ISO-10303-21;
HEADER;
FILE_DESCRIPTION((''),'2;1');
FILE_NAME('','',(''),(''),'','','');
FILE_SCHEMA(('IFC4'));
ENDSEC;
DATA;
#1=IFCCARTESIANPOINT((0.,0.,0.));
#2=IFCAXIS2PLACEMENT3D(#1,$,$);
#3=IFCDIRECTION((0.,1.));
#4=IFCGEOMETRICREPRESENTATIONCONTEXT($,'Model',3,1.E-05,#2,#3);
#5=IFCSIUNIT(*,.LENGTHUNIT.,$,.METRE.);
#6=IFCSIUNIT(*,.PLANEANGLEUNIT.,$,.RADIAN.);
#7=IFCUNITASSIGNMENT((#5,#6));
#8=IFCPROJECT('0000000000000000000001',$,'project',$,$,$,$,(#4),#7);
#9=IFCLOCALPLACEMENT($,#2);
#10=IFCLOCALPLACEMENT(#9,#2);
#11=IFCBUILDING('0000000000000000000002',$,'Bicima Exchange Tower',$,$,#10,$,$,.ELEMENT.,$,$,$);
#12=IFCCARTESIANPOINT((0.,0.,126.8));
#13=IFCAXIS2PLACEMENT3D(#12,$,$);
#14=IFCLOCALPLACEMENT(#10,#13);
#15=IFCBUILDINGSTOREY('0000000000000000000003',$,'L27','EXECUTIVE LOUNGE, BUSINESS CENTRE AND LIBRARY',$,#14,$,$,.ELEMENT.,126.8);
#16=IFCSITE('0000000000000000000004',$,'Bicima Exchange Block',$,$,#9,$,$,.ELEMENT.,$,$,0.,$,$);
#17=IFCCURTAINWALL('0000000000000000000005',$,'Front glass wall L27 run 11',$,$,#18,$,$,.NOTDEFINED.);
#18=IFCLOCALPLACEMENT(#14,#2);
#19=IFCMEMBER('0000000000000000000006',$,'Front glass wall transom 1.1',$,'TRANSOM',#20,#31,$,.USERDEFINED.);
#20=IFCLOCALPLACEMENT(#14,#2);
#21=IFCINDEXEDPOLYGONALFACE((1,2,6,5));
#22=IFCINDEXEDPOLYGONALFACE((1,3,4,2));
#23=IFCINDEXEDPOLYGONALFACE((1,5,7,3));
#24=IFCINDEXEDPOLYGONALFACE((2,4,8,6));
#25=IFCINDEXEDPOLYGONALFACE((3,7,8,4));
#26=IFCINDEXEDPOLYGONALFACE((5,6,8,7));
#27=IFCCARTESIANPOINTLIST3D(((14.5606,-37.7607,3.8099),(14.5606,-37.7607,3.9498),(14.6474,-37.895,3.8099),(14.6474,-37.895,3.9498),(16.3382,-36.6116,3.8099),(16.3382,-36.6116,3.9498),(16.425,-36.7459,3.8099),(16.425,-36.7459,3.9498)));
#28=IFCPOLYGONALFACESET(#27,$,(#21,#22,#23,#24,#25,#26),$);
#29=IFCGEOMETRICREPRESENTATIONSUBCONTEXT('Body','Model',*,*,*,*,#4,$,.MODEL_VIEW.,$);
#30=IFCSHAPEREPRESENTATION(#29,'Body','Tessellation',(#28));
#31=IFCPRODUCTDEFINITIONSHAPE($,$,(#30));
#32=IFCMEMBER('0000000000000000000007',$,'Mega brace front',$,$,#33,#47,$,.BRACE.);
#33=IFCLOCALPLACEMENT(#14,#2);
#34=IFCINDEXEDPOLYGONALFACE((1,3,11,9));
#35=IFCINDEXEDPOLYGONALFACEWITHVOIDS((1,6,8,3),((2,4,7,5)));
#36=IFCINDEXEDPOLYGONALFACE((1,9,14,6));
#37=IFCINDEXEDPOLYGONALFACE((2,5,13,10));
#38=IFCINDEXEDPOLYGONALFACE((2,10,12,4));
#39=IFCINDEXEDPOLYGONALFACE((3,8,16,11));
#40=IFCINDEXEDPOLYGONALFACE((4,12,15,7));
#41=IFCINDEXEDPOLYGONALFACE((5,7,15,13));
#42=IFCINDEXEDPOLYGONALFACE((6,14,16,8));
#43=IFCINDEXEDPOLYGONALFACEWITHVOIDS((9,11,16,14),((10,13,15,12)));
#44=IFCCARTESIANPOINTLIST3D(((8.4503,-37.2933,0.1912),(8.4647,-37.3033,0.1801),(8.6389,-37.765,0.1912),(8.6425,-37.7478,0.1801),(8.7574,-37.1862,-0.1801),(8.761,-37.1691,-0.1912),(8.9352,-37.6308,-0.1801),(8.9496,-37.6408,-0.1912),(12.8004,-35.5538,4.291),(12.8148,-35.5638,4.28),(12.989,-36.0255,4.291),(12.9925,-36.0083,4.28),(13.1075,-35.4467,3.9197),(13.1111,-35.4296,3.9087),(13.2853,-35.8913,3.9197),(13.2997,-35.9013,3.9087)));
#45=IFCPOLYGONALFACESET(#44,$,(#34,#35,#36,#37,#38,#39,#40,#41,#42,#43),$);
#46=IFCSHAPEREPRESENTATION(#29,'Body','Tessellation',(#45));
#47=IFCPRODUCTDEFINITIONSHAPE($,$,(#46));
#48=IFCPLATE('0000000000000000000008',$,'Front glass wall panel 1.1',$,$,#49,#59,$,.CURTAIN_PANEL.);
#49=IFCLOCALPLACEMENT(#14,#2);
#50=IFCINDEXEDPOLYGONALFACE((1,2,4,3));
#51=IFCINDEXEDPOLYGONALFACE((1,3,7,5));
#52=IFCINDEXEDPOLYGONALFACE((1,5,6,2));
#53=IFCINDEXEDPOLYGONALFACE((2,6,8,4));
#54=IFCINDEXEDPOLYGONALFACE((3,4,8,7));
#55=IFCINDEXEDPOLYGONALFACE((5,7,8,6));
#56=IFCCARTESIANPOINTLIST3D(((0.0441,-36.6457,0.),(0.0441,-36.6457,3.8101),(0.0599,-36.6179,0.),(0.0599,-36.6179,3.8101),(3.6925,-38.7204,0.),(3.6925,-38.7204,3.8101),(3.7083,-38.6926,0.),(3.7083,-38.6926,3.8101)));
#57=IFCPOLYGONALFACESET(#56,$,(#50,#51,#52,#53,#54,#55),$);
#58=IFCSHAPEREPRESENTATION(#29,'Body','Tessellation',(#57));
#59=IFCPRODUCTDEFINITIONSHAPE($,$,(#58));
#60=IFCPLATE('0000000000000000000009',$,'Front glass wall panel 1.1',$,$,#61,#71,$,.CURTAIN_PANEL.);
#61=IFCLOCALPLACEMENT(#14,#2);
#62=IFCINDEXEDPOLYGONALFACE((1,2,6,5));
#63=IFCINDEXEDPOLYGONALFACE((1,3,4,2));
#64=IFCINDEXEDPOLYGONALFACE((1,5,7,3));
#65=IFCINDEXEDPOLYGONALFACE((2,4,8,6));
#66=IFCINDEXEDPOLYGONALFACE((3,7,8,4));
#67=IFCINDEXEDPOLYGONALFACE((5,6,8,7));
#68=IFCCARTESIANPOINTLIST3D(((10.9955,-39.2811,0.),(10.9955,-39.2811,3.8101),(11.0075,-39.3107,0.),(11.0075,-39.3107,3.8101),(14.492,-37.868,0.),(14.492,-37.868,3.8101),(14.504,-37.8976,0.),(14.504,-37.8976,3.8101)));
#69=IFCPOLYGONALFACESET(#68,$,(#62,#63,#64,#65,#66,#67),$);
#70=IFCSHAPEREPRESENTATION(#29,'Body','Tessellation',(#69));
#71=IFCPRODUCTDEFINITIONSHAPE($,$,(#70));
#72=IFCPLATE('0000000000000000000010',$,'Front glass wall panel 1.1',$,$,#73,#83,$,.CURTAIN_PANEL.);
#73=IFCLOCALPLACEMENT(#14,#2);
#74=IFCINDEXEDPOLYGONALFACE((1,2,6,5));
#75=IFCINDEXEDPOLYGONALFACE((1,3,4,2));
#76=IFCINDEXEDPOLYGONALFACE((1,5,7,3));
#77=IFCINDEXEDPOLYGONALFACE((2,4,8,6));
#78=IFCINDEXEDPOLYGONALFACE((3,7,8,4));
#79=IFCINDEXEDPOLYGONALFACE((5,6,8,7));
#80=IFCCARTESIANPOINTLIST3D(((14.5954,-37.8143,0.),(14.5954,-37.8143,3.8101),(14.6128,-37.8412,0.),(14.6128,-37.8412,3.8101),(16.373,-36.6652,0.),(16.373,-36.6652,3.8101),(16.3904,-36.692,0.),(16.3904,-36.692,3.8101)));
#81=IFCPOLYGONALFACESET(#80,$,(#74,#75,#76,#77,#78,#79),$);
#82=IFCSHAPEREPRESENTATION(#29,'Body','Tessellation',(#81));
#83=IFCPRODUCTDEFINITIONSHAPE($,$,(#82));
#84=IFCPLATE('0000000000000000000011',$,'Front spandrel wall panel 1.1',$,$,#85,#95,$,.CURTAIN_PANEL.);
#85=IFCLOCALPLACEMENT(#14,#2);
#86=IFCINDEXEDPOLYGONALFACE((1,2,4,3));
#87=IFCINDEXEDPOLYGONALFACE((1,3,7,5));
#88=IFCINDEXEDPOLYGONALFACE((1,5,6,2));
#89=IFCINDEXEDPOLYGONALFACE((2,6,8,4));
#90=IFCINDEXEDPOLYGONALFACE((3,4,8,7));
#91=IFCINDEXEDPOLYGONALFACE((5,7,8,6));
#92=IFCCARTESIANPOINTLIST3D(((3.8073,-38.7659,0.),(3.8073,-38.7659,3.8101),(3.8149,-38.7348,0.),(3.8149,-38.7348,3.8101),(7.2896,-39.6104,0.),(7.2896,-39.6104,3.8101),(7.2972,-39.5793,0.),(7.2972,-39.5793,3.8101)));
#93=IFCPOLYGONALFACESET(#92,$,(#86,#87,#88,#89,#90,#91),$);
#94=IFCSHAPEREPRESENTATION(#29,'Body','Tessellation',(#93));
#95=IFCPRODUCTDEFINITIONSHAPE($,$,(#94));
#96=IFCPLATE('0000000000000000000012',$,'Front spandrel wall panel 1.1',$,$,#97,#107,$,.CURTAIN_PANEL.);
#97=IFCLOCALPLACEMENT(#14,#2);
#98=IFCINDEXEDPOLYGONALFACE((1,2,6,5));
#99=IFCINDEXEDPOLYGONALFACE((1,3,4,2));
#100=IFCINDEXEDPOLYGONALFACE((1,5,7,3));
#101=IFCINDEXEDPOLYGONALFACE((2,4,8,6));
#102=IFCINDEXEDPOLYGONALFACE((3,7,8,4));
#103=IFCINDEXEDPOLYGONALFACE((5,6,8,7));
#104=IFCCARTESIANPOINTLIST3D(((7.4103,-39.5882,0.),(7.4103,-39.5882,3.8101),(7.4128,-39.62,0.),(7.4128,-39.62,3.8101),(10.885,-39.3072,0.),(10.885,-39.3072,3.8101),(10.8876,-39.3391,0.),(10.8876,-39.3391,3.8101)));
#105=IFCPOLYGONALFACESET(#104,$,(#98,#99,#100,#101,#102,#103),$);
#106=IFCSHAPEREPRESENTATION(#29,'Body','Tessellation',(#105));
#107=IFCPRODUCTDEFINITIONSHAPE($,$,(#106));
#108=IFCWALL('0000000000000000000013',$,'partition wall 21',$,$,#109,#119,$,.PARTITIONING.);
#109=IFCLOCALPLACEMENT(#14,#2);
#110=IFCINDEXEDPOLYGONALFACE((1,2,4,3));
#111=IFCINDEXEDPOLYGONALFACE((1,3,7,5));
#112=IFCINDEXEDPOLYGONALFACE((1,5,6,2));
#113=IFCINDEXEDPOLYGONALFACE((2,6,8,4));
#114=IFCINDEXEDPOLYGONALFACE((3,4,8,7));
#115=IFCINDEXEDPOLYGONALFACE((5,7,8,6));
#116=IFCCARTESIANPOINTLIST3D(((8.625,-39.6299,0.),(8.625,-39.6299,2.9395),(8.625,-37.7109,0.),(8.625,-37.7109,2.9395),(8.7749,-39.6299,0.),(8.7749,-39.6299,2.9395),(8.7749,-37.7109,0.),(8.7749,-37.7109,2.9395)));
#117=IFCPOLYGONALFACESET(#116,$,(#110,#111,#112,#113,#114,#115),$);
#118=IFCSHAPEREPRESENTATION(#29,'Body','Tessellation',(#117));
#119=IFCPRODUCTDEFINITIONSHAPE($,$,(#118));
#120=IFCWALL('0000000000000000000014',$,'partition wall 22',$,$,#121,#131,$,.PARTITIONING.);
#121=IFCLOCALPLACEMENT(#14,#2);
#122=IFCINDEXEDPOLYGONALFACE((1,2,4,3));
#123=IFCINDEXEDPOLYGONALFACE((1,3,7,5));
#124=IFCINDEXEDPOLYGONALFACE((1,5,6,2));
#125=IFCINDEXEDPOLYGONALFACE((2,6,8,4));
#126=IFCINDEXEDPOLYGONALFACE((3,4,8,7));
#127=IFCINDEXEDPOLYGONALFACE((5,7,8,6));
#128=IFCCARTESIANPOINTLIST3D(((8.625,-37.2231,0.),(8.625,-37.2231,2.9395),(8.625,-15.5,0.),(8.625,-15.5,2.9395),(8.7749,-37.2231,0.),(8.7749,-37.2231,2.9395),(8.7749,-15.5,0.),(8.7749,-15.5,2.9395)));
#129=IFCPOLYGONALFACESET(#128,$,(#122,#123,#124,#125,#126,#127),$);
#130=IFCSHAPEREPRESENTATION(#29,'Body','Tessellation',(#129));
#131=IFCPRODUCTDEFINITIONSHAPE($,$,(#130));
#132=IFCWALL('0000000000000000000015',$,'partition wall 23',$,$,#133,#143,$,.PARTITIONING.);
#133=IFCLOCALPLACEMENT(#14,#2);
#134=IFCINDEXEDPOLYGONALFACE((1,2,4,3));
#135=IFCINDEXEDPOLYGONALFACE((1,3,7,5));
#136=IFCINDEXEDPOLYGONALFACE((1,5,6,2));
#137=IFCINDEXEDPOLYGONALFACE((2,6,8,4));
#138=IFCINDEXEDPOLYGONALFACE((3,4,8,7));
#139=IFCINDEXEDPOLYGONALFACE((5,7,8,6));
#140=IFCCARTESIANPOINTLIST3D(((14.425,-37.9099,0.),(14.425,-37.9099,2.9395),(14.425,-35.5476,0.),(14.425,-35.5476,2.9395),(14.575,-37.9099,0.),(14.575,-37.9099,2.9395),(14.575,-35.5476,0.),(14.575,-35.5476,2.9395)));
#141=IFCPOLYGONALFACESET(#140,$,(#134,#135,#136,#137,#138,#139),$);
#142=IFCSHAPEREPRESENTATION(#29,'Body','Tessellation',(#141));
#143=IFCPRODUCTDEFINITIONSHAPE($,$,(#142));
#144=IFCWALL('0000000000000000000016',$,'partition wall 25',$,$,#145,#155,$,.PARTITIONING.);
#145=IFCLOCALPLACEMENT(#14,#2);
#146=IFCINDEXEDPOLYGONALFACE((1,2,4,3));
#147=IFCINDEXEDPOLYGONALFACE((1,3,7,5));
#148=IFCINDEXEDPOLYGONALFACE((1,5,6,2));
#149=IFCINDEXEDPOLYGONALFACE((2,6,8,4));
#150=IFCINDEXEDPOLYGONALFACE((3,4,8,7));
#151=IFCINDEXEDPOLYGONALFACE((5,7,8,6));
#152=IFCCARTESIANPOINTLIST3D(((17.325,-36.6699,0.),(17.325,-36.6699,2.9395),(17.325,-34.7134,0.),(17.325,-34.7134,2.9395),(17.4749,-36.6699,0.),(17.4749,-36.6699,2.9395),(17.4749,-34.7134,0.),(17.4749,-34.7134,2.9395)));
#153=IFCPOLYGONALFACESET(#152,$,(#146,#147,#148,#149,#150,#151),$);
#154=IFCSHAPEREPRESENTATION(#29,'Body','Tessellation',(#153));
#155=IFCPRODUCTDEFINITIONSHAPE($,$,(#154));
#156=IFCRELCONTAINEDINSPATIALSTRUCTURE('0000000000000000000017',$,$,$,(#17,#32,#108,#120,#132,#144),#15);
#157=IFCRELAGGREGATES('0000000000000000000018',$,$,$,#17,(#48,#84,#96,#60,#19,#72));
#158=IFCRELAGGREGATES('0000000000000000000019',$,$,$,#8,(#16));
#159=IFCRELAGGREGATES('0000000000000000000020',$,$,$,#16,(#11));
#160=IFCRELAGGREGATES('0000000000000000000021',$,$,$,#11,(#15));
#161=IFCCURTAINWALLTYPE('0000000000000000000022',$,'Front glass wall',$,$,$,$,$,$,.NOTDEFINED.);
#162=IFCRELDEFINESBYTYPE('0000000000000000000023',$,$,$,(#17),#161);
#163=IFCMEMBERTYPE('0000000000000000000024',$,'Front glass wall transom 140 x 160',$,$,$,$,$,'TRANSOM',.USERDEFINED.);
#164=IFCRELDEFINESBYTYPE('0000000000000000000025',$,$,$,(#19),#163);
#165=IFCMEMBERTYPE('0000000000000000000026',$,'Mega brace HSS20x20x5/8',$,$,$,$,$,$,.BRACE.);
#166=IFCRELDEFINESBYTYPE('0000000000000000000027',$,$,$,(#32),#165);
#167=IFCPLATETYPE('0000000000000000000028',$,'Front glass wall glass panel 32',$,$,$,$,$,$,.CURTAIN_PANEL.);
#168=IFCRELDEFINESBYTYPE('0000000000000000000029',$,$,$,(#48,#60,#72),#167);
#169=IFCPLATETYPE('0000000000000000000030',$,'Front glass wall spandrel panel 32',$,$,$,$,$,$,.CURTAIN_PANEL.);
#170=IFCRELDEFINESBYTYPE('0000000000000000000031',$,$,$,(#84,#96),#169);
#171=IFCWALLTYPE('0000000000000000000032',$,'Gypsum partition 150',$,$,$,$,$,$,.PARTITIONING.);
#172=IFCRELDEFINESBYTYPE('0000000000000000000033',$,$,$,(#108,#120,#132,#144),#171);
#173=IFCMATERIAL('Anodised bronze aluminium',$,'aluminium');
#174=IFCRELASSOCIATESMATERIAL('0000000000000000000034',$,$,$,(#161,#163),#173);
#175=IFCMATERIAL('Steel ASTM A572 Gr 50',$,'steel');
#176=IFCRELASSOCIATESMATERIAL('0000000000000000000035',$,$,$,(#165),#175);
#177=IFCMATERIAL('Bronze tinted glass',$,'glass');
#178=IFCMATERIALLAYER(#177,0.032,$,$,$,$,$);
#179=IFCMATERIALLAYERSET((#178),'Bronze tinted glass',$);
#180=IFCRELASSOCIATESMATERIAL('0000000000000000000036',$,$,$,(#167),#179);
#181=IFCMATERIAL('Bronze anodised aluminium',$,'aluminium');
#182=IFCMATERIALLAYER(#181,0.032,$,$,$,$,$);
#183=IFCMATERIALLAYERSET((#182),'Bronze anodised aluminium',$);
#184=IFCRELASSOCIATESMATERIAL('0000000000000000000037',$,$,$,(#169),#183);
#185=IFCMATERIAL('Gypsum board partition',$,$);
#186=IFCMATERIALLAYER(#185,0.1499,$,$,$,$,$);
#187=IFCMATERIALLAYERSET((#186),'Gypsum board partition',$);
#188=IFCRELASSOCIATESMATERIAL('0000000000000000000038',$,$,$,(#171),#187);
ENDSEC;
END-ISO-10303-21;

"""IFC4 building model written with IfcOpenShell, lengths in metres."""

from ifc_helpers import new_model, si_unit, direction, frame, frame_2d, origin, origin_2d, place, context, subcontext, project, spatial, rectangle, hollow_rectangle, extrude, material, layer, layer_set, material_profile, profile_set, type_object, element, aggregate, save


model = new_model("IFC4")

# Units and contexts
model_context = context("Model", 3, precision=1e-05, world=origin(), true_north=direction((0.0, 1.0)))
body_context = subcontext(model_context, "Body", "Model", "MODEL_VIEW")
ifc_project = project(units=[si_unit("LENGTHUNIT", "METRE"), si_unit("PLANEANGLEUNIT", "RADIAN")], contexts=[model_context])

# Site, building, storey
site_placement = place(None, origin())
site = spatial("IfcSite", under=ifc_project, at=site_placement, Name="Bicima Exchange Block", CompositionType="ELEMENT", RefElevation=0.0)
building_placement = place(site_placement, origin())
building = spatial("IfcBuilding", under=site, at=building_placement, Name="Bicima Exchange Tower", CompositionType="ELEMENT")
storey_placement = place(building_placement, frame((0.0, 0.0, 126.8)))
storey = spatial("IfcBuildingStorey", under=building, at=storey_placement, Name="L27", Description="EXECUTIVE LOUNGE, BUSINESS CENTRE AND LIBRARY", CompositionType="ELEMENT", Elevation=126.8)

# Curtain wall, member
ifc_material_1 = material(Name="Anodised bronze aluminium", Category="aluminium")
curtain_wall_type = type_object("IfcCurtainWallType", Name="Front glass wall", PredefinedType="NOTDEFINED", material=ifc_material_1)
curtain_wall_placement = place(storey_placement, origin())
curtain_wall = element("IfcCurtainWall", 1, at=curtain_wall_placement, inside=storey, type_object=curtain_wall_type, Name="Front glass wall L27 run 11", PredefinedType="NOTDEFINED")
ifc_material_profile_1 = material_profile(ifc_material_1, rectangle(XDim=0.1599, YDim=0.1399, at=origin_2d()))
ifc_profile_set_1 = profile_set([ifc_material_profile_1], Name="Anodised bronze aluminium")
member_type_1 = type_object("IfcMemberType", Name="Front glass wall transom 140 x 160", ElementType="TRANSOM", PredefinedType="USERDEFINED", material=ifc_profile_set_1)
member_1_placement = place(storey_placement, frame((14.604, -37.8279, 3.8799), z_axis=(0.839793, 0.542907, 0.0), x_axis=(-0.542907, 0.839793, 0.0)))
member_1 = element("IfcMember", 2, at=member_1_placement, type_object=member_type_1, Name="Front glass wall transom 1.1", ObjectType="TRANSOM", PredefinedType="USERDEFINED", context=body_context, shape_type="SweptSolid", body=[
    extrude(rectangle(XDim=0.1599, YDim=0.1399, at=origin_2d()), origin(), (0.0, 0.0, 1.0), 2.1167),
])

# Member
ifc_material_2 = material(Name="Steel ASTM A572 Gr 50", Category="steel")
ifc_material_profile_2 = material_profile(ifc_material_2, hollow_rectangle(XDim=0.5081, YDim=0.5081, WallThickness=0.0146, at=origin_2d()))
ifc_profile_set_2 = profile_set([ifc_material_profile_2], Name="Steel ASTM A572 Gr 50")
member_type_2 = type_object("IfcMemberType", Name="Mega brace HSS20x20x5/8", PredefinedType="BRACE", material=ifc_profile_set_2)
member_2_placement = place(storey_placement, frame((8.7, -37.467, 0.0), z_axis=(0.698744, 0.279411, 0.658548), x_axis=(-0.371292, 0.928516, 0.0)))
element("IfcMember", 3, at=member_2_placement, inside=storey, type_object=member_type_2, Name="Mega brace front", PredefinedType="BRACE", context=body_context, shape_type="SweptSolid", body=[
    extrude(hollow_rectangle(XDim=0.5081, YDim=0.5081, WallThickness=0.0146, at=origin_2d()), origin(), (0.0, 0.0, 1.0), 6.2256),
])

# Plates
ifc_material_3 = material(Name="Bronze tinted glass", Category="glass")
ifc_layer_1 = layer(ifc_material_3, 0.032)
ifc_layer_set_1 = layer_set([ifc_layer_1], Name="Bronze tinted glass")
plate_type_1 = type_object("IfcPlateType", Name="Front glass wall glass panel 32", PredefinedType="CURTAIN_PANEL", material=ifc_layer_set_1)
plate_1_placement = place(storey_placement, frame((1.8762, -37.6692, 0.0), z_axis=(0.0, 0.0, 1.0), x_axis=(0.869274, -0.49433, 0.0)))
plate_1 = element("IfcPlate", 4, at=plate_1_placement, type_object=plate_type_1, Name="Front glass wall panel 1.1", PredefinedType="CURTAIN_PANEL", context=body_context, shape_type="SweptSolid", body=[
    extrude(rectangle(XDim=4.197, YDim=0.032, at=origin_2d()), origin(), (0.0, 0.0, 1.0), 3.8101),
])
plate_2_placement = place(storey_placement, frame((12.7498, -38.5894, 0.0), z_axis=(0.0, 0.0, 1.0), x_axis=(0.927144, 0.374705, 0.0)))
plate_2 = element("IfcPlate", 5, at=plate_2_placement, type_object=plate_type_1, Name="Front glass wall panel 1.1", PredefinedType="CURTAIN_PANEL", context=body_context, shape_type="SweptSolid", body=[
    extrude(rectangle(XDim=3.7712, YDim=0.032, at=origin_2d()), origin(), (0.0, 0.0, 1.0), 3.8101),
])
plate_3_placement = place(storey_placement, frame((15.4929, -37.2532, 0.0), z_axis=(0.0, 0.0, 1.0), x_axis=(0.839791, 0.542909, 0.0)))
plate_3 = element("IfcPlate", 6, at=plate_3_placement, type_object=plate_type_1, Name="Front glass wall panel 1.1", PredefinedType="CURTAIN_PANEL", context=body_context, shape_type="SweptSolid", body=[
    extrude(rectangle(XDim=2.1167, YDim=0.032, at=origin_2d()), origin(), (0.0, 0.0, 1.0), 3.8101),
])
ifc_material_4 = material(Name="Bronze anodised aluminium", Category="aluminium")
ifc_layer_2 = layer(ifc_material_4, 0.032)
ifc_layer_set_2 = layer_set([ifc_layer_2], Name="Bronze anodised aluminium")
plate_type_2 = type_object("IfcPlateType", Name="Front glass wall spandrel panel 32", PredefinedType="CURTAIN_PANEL", material=ifc_layer_set_2)
plate_4_placement = place(storey_placement, frame((5.5522, -39.1726, 0.0), z_axis=(0.0, 0.0, 1.0), x_axis=(0.97183, -0.235682, 0.0)))
plate_4 = element("IfcPlate", 7, at=plate_4_placement, type_object=plate_type_2, Name="Front spandrel wall panel 1.1", PredefinedType="CURTAIN_PANEL", context=body_context, shape_type="SweptSolid", body=[
    extrude(rectangle(XDim=3.5833, YDim=0.032, at=origin_2d()), origin(), (0.0, 0.0, 1.0), 3.8101),
])
plate_5_placement = place(storey_placement, frame((9.1489, -39.4636, 0.0), z_axis=(0.0, 0.0, 1.0), x_axis=(0.996747, 0.080589, 0.0)))
plate_5 = element("IfcPlate", 8, at=plate_5_placement, type_object=plate_type_2, Name="Front spandrel wall panel 1.1", PredefinedType="CURTAIN_PANEL", context=body_context, shape_type="SweptSolid", body=[
    extrude(rectangle(XDim=3.4861, YDim=0.032, at=origin_2d()), origin(), (0.0, 0.0, 1.0), 3.8101),
])
aggregate(curtain_wall, [plate_1, plate_4, plate_5, plate_2, member_1, plate_3])

# Walls
ifc_material_5 = material(Name="Gypsum board partition")
ifc_layer_3 = layer(ifc_material_5, 0.1499)
ifc_layer_set_3 = layer_set([ifc_layer_3], Name="Gypsum board partition")
wall_type = type_object("IfcWallType", Name="Gypsum partition 150", PredefinedType="PARTITIONING", material=ifc_layer_set_3)
wall_1_placement = place(storey_placement, frame((8.7, -39.6299, 0.0), z_axis=(0.0, 0.0, 1.0), x_axis=(0.0, 1.0, 0.0)))
element("IfcWall", 9, at=wall_1_placement, inside=storey, type_object=wall_type, Name="partition wall 21", PredefinedType="PARTITIONING", context=body_context, shape_type="SweptSolid", body=[
    extrude(rectangle(XDim=1.9189, YDim=0.1499, at=frame_2d((0.9595, 0.0))), origin(), (0.0, 0.0, 1.0), 2.9395),
])
wall_2_placement = place(storey_placement, frame((8.7, -37.2231, 0.0), z_axis=(0.0, 0.0, 1.0), x_axis=(0.0, 1.0, 0.0)))
element("IfcWall", 10, at=wall_2_placement, inside=storey, type_object=wall_type, Name="partition wall 22", PredefinedType="PARTITIONING", context=body_context, shape_type="SweptSolid", body=[
    extrude(rectangle(XDim=21.7231, YDim=0.1499, at=frame_2d((10.8616, 0.0))), origin(), (0.0, 0.0, 1.0), 2.9395),
])
wall_3_placement = place(storey_placement, frame((14.5, -37.9099, 0.0), z_axis=(0.0, 0.0, 1.0), x_axis=(0.0, 1.0, 0.0)))
element("IfcWall", 11, at=wall_3_placement, inside=storey, type_object=wall_type, Name="partition wall 23", PredefinedType="PARTITIONING", context=body_context, shape_type="SweptSolid", body=[
    extrude(rectangle(XDim=2.3623, YDim=0.1499, at=frame_2d((1.1812, 0.0))), origin(), (0.0, 0.0, 1.0), 2.9395),
])
wall_4_placement = place(storey_placement, frame((17.3999, -36.6699, 0.0), z_axis=(0.0, 0.0, 1.0), x_axis=(0.0, 1.0, 0.0)))
element("IfcWall", 12, at=wall_4_placement, inside=storey, type_object=wall_type, Name="partition wall 25", PredefinedType="PARTITIONING", context=body_context, shape_type="SweptSolid", body=[
    extrude(rectangle(XDim=1.9565, YDim=0.1499, at=frame_2d((0.9783, 0.0))), origin(), (0.0, 0.0, 1.0), 2.9395),
])

save(model, "model.ifc")
